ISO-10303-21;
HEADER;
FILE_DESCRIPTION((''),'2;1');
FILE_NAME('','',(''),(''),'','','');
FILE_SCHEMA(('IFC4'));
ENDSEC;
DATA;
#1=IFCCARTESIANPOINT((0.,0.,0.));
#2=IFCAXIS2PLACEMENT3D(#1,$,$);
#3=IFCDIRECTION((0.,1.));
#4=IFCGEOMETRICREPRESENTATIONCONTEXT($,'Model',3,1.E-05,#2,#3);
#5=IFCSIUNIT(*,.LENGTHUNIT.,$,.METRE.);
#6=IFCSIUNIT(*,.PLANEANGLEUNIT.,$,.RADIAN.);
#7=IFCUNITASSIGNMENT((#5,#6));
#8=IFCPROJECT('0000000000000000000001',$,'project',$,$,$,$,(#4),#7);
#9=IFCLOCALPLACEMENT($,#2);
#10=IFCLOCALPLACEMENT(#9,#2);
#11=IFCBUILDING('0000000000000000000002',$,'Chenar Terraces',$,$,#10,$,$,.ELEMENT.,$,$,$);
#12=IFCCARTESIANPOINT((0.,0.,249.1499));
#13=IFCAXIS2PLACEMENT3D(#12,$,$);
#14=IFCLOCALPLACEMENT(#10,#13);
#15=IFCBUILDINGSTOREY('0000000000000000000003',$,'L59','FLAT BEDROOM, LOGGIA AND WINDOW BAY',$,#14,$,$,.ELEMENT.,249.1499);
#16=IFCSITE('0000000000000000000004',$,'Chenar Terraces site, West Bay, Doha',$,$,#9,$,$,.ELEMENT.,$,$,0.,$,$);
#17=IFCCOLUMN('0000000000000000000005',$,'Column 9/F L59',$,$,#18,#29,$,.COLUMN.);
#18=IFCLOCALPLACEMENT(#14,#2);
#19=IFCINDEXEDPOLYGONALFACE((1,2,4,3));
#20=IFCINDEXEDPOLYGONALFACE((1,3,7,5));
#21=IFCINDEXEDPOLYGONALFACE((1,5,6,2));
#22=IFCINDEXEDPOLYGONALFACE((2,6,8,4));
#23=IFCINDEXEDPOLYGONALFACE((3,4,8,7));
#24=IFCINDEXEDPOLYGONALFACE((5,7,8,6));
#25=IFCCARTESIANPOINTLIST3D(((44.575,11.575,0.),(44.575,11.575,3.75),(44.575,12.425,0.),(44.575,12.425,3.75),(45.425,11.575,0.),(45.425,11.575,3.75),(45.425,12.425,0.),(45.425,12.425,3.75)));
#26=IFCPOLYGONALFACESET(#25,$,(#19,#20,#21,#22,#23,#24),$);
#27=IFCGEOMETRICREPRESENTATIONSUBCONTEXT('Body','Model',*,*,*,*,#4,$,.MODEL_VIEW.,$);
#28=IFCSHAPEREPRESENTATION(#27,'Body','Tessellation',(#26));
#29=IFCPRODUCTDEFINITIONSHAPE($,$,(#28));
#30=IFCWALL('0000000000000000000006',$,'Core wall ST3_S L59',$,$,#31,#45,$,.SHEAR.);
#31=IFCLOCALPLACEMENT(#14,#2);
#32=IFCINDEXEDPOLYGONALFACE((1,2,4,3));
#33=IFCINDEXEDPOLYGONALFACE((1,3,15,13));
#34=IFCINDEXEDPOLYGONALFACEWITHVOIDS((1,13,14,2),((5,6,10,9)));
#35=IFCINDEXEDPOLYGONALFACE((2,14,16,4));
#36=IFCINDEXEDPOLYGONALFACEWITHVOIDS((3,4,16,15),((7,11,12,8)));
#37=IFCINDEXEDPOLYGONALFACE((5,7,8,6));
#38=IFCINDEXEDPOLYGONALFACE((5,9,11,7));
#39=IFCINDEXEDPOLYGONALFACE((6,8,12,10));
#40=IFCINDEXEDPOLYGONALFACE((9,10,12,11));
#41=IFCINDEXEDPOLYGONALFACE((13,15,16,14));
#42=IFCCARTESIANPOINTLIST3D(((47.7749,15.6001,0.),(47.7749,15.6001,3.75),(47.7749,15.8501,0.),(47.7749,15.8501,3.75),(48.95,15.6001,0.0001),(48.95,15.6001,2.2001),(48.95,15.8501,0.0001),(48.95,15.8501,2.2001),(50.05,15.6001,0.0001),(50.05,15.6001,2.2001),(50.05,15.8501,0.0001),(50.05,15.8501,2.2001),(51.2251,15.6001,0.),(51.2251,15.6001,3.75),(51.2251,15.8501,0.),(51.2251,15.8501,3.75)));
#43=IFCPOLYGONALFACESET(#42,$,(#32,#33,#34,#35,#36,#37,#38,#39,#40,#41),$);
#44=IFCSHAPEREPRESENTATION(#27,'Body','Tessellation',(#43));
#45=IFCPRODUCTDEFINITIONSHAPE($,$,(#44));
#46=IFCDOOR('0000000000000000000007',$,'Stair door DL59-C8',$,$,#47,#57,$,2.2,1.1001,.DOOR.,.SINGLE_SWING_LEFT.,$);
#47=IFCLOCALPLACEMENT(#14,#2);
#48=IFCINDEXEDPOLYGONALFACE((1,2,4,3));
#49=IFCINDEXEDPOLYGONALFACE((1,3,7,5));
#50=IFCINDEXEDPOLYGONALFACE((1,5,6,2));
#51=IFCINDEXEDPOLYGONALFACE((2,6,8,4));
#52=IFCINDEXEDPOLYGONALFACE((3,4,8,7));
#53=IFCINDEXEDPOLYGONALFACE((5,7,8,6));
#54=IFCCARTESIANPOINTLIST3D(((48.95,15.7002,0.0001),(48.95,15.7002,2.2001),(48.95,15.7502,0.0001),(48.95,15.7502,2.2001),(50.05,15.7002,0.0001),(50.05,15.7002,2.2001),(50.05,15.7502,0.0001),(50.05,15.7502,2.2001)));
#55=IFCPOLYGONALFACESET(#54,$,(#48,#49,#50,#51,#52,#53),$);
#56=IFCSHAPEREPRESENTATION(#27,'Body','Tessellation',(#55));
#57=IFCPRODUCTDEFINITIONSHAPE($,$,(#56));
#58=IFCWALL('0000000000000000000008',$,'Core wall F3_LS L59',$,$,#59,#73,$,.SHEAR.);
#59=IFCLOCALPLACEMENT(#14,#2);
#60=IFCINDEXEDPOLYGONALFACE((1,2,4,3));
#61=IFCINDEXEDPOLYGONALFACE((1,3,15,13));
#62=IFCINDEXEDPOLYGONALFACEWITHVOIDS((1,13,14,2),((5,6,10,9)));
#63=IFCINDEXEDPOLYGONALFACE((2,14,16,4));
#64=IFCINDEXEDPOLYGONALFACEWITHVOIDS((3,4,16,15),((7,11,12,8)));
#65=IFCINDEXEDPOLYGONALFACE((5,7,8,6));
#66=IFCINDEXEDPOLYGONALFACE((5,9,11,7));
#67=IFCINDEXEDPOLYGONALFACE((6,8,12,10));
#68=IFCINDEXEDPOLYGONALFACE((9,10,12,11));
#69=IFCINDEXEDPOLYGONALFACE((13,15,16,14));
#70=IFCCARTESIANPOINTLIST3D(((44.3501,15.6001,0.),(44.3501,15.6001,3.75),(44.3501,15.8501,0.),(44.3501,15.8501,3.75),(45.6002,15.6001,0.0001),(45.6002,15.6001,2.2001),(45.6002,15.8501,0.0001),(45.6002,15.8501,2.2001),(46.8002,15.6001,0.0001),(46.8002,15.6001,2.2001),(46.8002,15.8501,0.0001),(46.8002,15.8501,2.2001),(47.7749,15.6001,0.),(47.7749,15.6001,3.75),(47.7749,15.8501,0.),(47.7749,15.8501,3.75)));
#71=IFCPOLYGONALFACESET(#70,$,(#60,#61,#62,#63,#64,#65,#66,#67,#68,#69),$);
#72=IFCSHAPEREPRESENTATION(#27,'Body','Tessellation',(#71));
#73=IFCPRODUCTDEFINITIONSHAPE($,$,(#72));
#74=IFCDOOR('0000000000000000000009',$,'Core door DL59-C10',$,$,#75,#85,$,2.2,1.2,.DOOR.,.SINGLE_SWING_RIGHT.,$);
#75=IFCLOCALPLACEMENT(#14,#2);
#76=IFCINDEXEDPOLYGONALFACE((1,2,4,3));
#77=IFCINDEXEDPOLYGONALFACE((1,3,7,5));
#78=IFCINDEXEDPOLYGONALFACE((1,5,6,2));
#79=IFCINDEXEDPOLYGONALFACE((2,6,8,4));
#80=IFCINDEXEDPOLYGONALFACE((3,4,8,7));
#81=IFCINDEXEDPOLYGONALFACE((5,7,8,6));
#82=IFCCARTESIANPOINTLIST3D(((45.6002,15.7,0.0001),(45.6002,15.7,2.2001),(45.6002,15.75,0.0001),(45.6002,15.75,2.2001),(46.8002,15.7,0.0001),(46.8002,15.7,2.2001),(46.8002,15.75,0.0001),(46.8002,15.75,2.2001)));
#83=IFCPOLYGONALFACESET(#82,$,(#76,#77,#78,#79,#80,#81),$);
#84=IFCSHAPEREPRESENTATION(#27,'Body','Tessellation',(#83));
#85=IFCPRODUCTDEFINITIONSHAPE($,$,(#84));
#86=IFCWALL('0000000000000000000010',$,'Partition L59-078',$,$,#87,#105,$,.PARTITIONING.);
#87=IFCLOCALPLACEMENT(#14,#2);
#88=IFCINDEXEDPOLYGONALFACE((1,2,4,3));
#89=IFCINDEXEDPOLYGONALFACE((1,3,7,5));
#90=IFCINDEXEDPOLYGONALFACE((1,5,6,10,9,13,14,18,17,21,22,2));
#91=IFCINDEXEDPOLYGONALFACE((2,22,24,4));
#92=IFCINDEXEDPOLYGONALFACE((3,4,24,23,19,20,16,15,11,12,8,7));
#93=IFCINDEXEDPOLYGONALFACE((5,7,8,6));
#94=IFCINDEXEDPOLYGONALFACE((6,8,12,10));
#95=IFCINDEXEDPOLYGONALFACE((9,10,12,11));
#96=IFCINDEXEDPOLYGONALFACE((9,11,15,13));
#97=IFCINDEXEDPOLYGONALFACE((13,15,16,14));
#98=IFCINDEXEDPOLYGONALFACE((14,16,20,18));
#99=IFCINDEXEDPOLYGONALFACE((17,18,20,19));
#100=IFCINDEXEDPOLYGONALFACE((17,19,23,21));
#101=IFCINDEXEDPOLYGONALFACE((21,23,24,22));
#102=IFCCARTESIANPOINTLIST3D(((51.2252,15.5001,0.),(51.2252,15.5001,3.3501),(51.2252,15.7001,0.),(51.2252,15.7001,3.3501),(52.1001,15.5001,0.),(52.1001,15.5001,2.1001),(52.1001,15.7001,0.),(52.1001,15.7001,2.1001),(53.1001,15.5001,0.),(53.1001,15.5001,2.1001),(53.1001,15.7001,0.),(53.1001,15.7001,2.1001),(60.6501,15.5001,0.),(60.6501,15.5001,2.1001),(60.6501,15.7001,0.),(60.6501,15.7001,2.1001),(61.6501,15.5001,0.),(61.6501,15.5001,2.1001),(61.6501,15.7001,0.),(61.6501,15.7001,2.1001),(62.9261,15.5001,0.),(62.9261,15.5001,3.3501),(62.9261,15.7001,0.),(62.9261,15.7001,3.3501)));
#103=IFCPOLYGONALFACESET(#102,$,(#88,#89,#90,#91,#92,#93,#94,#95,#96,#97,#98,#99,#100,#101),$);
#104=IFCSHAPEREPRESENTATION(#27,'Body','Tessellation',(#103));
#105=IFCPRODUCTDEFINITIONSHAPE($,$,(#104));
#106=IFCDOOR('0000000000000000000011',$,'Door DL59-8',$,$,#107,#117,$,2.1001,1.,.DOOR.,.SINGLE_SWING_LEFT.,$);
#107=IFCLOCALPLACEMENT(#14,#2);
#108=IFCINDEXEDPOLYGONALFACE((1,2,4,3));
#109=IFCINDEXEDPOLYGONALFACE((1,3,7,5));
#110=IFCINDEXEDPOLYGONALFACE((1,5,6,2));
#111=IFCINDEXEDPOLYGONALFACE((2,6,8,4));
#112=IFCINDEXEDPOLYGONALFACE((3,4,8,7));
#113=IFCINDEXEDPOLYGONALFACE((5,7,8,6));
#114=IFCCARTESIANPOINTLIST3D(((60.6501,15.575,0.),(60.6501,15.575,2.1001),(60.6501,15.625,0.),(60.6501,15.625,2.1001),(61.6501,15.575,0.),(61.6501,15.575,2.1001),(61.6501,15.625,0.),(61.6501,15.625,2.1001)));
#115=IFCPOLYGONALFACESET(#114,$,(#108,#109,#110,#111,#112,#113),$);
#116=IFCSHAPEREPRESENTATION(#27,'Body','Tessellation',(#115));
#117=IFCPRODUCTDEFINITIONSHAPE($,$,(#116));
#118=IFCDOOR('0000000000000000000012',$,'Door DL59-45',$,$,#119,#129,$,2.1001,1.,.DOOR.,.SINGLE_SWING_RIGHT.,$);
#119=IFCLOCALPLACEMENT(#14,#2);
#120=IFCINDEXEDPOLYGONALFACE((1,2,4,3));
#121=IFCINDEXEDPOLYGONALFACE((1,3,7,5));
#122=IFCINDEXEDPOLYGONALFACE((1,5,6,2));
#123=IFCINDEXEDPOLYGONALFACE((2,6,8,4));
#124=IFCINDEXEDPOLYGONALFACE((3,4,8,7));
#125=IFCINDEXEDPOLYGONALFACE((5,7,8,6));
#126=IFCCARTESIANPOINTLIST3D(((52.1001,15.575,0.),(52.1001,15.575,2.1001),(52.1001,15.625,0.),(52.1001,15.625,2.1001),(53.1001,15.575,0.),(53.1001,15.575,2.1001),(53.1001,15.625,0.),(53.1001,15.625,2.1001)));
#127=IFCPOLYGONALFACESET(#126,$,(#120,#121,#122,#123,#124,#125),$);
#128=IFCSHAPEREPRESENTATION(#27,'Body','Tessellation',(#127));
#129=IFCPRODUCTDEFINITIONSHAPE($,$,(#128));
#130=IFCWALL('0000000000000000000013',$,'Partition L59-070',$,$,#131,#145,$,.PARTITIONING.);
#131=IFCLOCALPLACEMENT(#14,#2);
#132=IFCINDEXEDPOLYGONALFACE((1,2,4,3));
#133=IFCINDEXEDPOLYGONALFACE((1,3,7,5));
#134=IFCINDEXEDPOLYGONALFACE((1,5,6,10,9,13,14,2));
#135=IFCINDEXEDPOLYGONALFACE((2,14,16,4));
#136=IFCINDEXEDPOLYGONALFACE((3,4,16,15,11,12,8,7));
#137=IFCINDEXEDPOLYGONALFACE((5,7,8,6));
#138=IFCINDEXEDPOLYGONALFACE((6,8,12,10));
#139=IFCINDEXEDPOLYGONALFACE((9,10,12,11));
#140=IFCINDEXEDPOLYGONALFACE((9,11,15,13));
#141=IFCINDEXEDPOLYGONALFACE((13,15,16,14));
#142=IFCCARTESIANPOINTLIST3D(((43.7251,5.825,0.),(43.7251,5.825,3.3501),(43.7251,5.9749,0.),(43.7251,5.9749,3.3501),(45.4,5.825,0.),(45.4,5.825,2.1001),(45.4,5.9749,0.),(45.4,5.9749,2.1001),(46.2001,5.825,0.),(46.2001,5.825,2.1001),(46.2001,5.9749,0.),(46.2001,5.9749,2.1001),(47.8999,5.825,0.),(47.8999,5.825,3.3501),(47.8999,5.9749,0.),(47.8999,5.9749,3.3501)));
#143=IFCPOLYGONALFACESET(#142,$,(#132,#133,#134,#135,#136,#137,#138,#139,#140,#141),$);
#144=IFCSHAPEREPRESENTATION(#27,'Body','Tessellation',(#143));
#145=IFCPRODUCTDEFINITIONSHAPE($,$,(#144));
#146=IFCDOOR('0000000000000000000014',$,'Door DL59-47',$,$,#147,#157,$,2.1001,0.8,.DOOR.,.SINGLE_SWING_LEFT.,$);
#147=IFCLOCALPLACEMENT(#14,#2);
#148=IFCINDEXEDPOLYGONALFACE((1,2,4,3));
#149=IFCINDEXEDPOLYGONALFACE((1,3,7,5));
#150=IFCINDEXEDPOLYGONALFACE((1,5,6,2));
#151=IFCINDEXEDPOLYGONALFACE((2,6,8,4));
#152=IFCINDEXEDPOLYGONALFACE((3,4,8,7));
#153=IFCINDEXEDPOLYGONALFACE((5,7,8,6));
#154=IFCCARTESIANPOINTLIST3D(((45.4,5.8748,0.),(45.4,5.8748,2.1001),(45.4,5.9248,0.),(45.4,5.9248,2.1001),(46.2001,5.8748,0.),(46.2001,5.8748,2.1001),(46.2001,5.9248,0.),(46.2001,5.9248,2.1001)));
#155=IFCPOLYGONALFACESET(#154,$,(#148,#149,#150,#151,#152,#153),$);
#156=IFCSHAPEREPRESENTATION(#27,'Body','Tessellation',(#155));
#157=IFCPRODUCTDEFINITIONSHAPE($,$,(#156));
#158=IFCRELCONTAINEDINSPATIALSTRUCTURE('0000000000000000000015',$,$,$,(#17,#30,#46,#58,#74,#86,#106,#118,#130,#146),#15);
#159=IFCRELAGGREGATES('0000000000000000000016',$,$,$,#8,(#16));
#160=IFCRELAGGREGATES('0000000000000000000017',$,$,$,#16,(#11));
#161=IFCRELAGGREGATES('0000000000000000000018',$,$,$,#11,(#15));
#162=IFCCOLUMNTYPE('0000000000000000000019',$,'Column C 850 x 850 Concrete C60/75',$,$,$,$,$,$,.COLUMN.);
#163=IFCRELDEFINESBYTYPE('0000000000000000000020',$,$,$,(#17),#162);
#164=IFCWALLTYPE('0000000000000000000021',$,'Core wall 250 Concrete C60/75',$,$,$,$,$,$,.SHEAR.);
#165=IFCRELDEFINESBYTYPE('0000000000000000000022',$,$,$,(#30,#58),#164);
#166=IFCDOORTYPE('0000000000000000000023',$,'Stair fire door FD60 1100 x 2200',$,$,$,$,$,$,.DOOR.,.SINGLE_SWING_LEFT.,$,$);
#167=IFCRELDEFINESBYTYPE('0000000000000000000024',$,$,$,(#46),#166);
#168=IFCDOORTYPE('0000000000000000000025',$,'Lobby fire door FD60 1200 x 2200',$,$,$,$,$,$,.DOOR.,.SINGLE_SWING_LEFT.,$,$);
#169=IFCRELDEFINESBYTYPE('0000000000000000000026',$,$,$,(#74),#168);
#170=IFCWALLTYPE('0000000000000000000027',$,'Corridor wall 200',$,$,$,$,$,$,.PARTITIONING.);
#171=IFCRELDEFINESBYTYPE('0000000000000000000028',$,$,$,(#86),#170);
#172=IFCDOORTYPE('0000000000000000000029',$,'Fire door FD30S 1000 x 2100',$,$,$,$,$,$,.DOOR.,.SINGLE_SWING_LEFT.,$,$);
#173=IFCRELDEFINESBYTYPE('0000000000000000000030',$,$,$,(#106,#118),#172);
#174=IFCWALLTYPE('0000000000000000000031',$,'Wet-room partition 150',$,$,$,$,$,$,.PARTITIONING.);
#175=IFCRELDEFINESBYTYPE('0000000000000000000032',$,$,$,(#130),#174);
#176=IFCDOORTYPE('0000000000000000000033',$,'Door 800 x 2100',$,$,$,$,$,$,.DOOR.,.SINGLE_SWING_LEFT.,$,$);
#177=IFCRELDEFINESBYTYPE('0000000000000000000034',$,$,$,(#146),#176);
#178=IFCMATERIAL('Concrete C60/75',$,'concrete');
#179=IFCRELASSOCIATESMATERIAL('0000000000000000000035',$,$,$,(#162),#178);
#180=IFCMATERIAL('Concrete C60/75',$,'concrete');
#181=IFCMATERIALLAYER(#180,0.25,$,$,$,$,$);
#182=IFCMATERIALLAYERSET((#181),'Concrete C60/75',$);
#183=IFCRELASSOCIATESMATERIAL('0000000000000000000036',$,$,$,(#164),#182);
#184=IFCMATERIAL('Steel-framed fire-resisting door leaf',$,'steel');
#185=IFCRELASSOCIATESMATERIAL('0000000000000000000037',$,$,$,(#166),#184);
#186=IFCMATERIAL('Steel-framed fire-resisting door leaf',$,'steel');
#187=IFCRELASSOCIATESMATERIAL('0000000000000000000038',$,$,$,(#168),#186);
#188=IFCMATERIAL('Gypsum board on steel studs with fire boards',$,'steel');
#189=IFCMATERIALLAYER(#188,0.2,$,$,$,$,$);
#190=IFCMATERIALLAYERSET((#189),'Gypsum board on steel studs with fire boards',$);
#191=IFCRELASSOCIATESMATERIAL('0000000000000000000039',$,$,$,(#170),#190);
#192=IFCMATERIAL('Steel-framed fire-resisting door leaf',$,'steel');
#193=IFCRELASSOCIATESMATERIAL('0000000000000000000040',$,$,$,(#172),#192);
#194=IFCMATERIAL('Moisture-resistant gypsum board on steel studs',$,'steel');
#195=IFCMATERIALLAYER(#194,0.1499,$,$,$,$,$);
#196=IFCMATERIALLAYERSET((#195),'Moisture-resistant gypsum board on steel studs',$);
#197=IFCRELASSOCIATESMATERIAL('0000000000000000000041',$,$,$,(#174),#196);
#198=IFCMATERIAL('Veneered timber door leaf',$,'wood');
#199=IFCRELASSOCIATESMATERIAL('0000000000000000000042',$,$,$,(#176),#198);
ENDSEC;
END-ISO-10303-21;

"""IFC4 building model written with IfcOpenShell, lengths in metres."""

from ifc_helpers import new_model, si_unit, direction, frame, frame_2d, origin, origin_2d, place, context, subcontext, project, spatial, rectangle, extrude, material, layer, layer_set, material_profile, profile_set, type_object, element, fill, save


model = new_model("IFC4")

# Units and contexts
model_context = context("Model", 3, precision=1e-05, world=origin(), true_north=direction((0.0, 1.0)))
body_context = subcontext(model_context, "Body", "Model", "MODEL_VIEW")
ifc_project = project(units=[si_unit("LENGTHUNIT", "METRE"), si_unit("PLANEANGLEUNIT", "RADIAN")], contexts=[model_context])

# Site, building, storey
site_placement = place(None, origin())
site = spatial("IfcSite", under=ifc_project, at=site_placement, Name="Chenar Terraces site, West Bay, Doha", CompositionType="ELEMENT", RefElevation=0.0)
building_placement = place(site_placement, origin())
building = spatial("IfcBuilding", under=site, at=building_placement, Name="Chenar Terraces", CompositionType="ELEMENT")
storey_placement = place(building_placement, frame((0.0, 0.0, 249.1499)))
storey = spatial("IfcBuildingStorey", under=building, at=storey_placement, Name="L59", Description="FLAT BEDROOM, LOGGIA AND WINDOW BAY", CompositionType="ELEMENT", Elevation=249.1499)

# Column
ifc_material_1 = material(Name="Concrete C60/75", Category="concrete")
ifc_material_profile = material_profile(ifc_material_1, rectangle(XDim=0.8501, YDim=0.8501, at=origin_2d()), Name="C 850 x 850")
ifc_profile_set = profile_set([ifc_material_profile], Name="Concrete C60/75")
column_type = type_object("IfcColumnType", Name="Column C 850 x 850 Concrete C60/75", PredefinedType="COLUMN", material=ifc_profile_set)
column_placement = place(storey_placement, frame((45.0, 12.0, 0.0), z_axis=(0.0, 0.0, 1.0), x_axis=(1.0, 0.0, 0.0)))
element("IfcColumn", 1, at=column_placement, inside=storey, type_object=column_type, Name="Column 9/F L59", PredefinedType="COLUMN", context=body_context, shape_type="SweptSolid", body=[
    extrude(rectangle(XDim=0.8501, YDim=0.8501, at=origin_2d()), origin(), (0.0, 0.0, 1.0), 3.75),
])

# Walls, openings, doors
ifc_material_2 = material(Name="Concrete C60/75", Category="concrete")
ifc_layer_1 = layer(ifc_material_2, 0.25)
ifc_layer_set_1 = layer_set([ifc_layer_1], Name="Concrete C60/75")
wall_type_1 = type_object("IfcWallType", Name="Core wall 250 Concrete C60/75", PredefinedType="SHEAR", material=ifc_layer_set_1)
wall_1_placement = place(storey_placement, frame((47.7749, 15.7251, 0.0), z_axis=(0.0, 0.0, 1.0), x_axis=(1.0, 0.0, 0.0)))
wall_1 = element("IfcWall", 2, at=wall_1_placement, inside=storey, type_object=wall_type_1, Name="Core wall ST3_S L59", PredefinedType="SHEAR", context=body_context, shape_type="SweptSolid", body=[
    extrude(rectangle(XDim=3.4502, YDim=0.25, at=frame_2d((1.7251, 0.0))), origin(), (0.0, 0.0, 1.0), 3.75),
])
opening_1_placement = place(wall_1_placement, frame((1.175, 0.0, 0.0)))
opening_1 = element("IfcOpeningElement", 3, at=opening_1_placement, cuts=wall_1, PredefinedType="OPENING", context=body_context, shape_type="SweptSolid", body=[
    extrude(rectangle(XDim=1.1001, YDim=2.2, at=frame_2d((0.55, 1.1001))), frame((0.0, 0.135, 0.0), z_axis=(0.0, -1.0, 0.0), x_axis=(1.0, 0.0, 0.0)), (0.0, 0.0, 1.0), 0.27),
])
ifc_material_3 = material(Name="Steel-framed fire-resisting door leaf", Category="steel")
door_type_1 = type_object("IfcDoorType", Name="Stair fire door FD60 1100 x 2200", OperationType="SINGLE_SWING_LEFT", PredefinedType="DOOR", material=ifc_material_3)
door_1_placement = place(opening_1_placement, frame((1.1001, 0.0, 0.0), z_axis=(0.0, 0.0, 1.0), x_axis=(-1.0, 0.0, 0.0)))
door_1 = element("IfcDoor", 4, at=door_1_placement, inside=storey, type_object=door_type_1, Name="Stair door DL59-C8", OperationType="SINGLE_SWING_LEFT", OverallHeight=2.2, OverallWidth=1.1001, PredefinedType="DOOR", context=body_context, shape_type="SweptSolid", body=[
    extrude(rectangle(XDim=1.1001, YDim=2.2, at=frame_2d((0.55, 1.1001))), frame((0.0, 0.0249, 0.0), z_axis=(0.0, -1.0, 0.0), x_axis=(1.0, 0.0, 0.0)), (0.0, 0.0, 1.0), 0.05),
])
fill(opening_1, door_1)
wall_2_placement = place(storey_placement, frame((44.3501, 15.7251, 0.0), z_axis=(0.0, 0.0, 1.0), x_axis=(1.0, 0.0, 0.0)))
wall_2 = element("IfcWall", 5, at=wall_2_placement, inside=storey, type_object=wall_type_1, Name="Core wall F3_LS L59", PredefinedType="SHEAR", context=body_context, shape_type="SweptSolid", body=[
    extrude(rectangle(XDim=3.4248, YDim=0.25, at=frame_2d((1.7124, 0.0))), origin(), (0.0, 0.0, 1.0), 3.75),
])
opening_2_placement = place(wall_2_placement, frame((1.25, 0.0, 0.0)))
opening_2 = element("IfcOpeningElement", 6, at=opening_2_placement, cuts=wall_2, PredefinedType="OPENING", context=body_context, shape_type="SweptSolid", body=[
    extrude(rectangle(XDim=1.2, YDim=2.2, at=frame_2d((0.6001, 1.1001))), frame((0.0, 0.135, 0.0), z_axis=(0.0, -1.0, 0.0), x_axis=(1.0, 0.0, 0.0)), (0.0, 0.0, 1.0), 0.27),
])
ifc_material_4 = material(Name="Steel-framed fire-resisting door leaf", Category="steel")
door_type_2 = type_object("IfcDoorType", Name="Lobby fire door FD60 1200 x 2200", OperationType="SINGLE_SWING_LEFT", PredefinedType="DOOR", material=ifc_material_4)
door_2_placement = place(opening_2_placement, origin())
door_2 = element("IfcDoor", 7, at=door_2_placement, inside=storey, type_object=door_type_2, Name="Core door DL59-C10", OperationType="SINGLE_SWING_RIGHT", OverallHeight=2.2, OverallWidth=1.2, PredefinedType="DOOR", context=body_context, shape_type="SweptSolid", body=[
    extrude(rectangle(XDim=1.2, YDim=2.2, at=frame_2d((0.6001, 1.1001))), frame((0.0, 0.0249, 0.0), z_axis=(0.0, -1.0, 0.0), x_axis=(1.0, 0.0, 0.0)), (0.0, 0.0, 1.0), 0.05),
])
fill(opening_2, door_2)

# Wall, openings, doors
ifc_material_5 = material(Name="Gypsum board on steel studs with fire boards", Category="steel")
ifc_layer_2 = layer(ifc_material_5, 0.2)
ifc_layer_set_2 = layer_set([ifc_layer_2], Name="Gypsum board on steel studs with fire boards")
wall_type_2 = type_object("IfcWallType", Name="Corridor wall 200", PredefinedType="PARTITIONING", material=ifc_layer_set_2)
wall_3_placement = place(storey_placement, frame((51.2251, 15.6001, 0.0), z_axis=(0.0, 0.0, 1.0), x_axis=(1.0, 0.0, 0.0)))
wall_3 = element("IfcWall", 8, at=wall_3_placement, inside=storey, type_object=wall_type_2, Name="Partition L59-078", PredefinedType="PARTITIONING", context=body_context, shape_type="SweptSolid", body=[
    extrude(rectangle(XDim=11.7009, YDim=0.2, at=frame_2d((5.8506, 0.0))), origin(), (0.0, 0.0, 1.0), 3.3501),
])
opening_3_placement = place(wall_3_placement, frame((9.425, 0.0, 0.0)))
opening_3 = element("IfcOpeningElement", 9, at=opening_3_placement, cuts=wall_3, PredefinedType="OPENING", context=body_context, shape_type="SweptSolid", body=[
    extrude(rectangle(XDim=1.0, YDim=2.1001, at=frame_2d((0.5, 1.05))), frame((0.0, 0.1099, 0.0), z_axis=(0.0, -1.0, 0.0), x_axis=(1.0, 0.0, 0.0)), (0.0, 0.0, 1.0), 0.22),
])
opening_4_placement = place(wall_3_placement, frame((0.875, 0.0, 0.0)))
opening_4 = element("IfcOpeningElement", 10, at=opening_4_placement, cuts=wall_3, PredefinedType="OPENING", context=body_context, shape_type="SweptSolid", body=[
    extrude(rectangle(XDim=1.0, YDim=2.1001, at=frame_2d((0.5, 1.05))), frame((0.0, 0.1099, 0.0), z_axis=(0.0, -1.0, 0.0), x_axis=(1.0, 0.0, 0.0)), (0.0, 0.0, 1.0), 0.22),
])
ifc_material_6 = material(Name="Steel-framed fire-resisting door leaf", Category="steel")
door_type_3 = type_object("IfcDoorType", Name="Fire door FD30S 1000 x 2100", OperationType="SINGLE_SWING_LEFT", PredefinedType="DOOR", material=ifc_material_6)
door_3_placement = place(opening_3_placement, origin())
door_3 = element("IfcDoor", 11, at=door_3_placement, inside=storey, type_object=door_type_3, Name="Door DL59-8", OperationType="SINGLE_SWING_LEFT", OverallHeight=2.1001, OverallWidth=1.0, PredefinedType="DOOR", context=body_context, shape_type="SweptSolid", body=[
    extrude(rectangle(XDim=1.0, YDim=2.1001, at=frame_2d((0.5, 1.05))), frame((0.0, 0.0249, 0.0), z_axis=(0.0, -1.0, 0.0), x_axis=(1.0, 0.0, 0.0)), (0.0, 0.0, 1.0), 0.05),
])
fill(opening_3, door_3)
door_4_placement = place(opening_4_placement, origin())
door_4 = element("IfcDoor", 12, at=door_4_placement, inside=storey, type_object=door_type_3, Name="Door DL59-45", OperationType="SINGLE_SWING_RIGHT", OverallHeight=2.1001, OverallWidth=1.0, PredefinedType="DOOR", context=body_context, shape_type="SweptSolid", body=[
    extrude(rectangle(XDim=1.0, YDim=2.1001, at=frame_2d((0.5, 1.05))), frame((0.0, 0.0249, 0.0), z_axis=(0.0, -1.0, 0.0), x_axis=(1.0, 0.0, 0.0)), (0.0, 0.0, 1.0), 0.05),
])
fill(opening_4, door_4)

# Wall, opening, door
ifc_material_7 = material(Name="Moisture-resistant gypsum board on steel studs", Category="steel")
ifc_layer_3 = layer(ifc_material_7, 0.1499)
ifc_layer_set_3 = layer_set([ifc_layer_3], Name="Moisture-resistant gypsum board on steel studs")
wall_type_3 = type_object("IfcWallType", Name="Wet-room partition 150", PredefinedType="PARTITIONING", material=ifc_layer_set_3)
wall_4_placement = place(storey_placement, frame((43.7251, 5.8999, 0.0), z_axis=(0.0, 0.0, 1.0), x_axis=(1.0, 0.0, 0.0)))
wall_4 = element("IfcWall", 13, at=wall_4_placement, inside=storey, type_object=wall_type_3, Name="Partition L59-070", PredefinedType="PARTITIONING", context=body_context, shape_type="SweptSolid", body=[
    extrude(rectangle(XDim=4.1748, YDim=0.1499, at=frame_2d((2.0874, 0.0))), origin(), (0.0, 0.0, 1.0), 3.3501),
])
opening_5_placement = place(wall_4_placement, frame((1.675, 0.0, 0.0)))
opening_5 = element("IfcOpeningElement", 14, at=opening_5_placement, cuts=wall_4, PredefinedType="OPENING", context=body_context, shape_type="SweptSolid", body=[
    extrude(rectangle(XDim=0.8, YDim=2.1001, at=frame_2d((0.3999, 1.05))), frame((0.0, 0.085, 0.0), z_axis=(0.0, -1.0, 0.0), x_axis=(1.0, 0.0, 0.0)), (0.0, 0.0, 1.0), 0.1699),
])
ifc_material_8 = material(Name="Veneered timber door leaf", Category="wood")
door_type_4 = type_object("IfcDoorType", Name="Door 800 x 2100", OperationType="SINGLE_SWING_LEFT", PredefinedType="DOOR", material=ifc_material_8)
door_5_placement = place(opening_5_placement, origin())
door_5 = element("IfcDoor", 15, at=door_5_placement, inside=storey, type_object=door_type_4, Name="Door DL59-47", OperationType="SINGLE_SWING_LEFT", OverallHeight=2.1001, OverallWidth=0.8, PredefinedType="DOOR", context=body_context, shape_type="SweptSolid", body=[
    extrude(rectangle(XDim=0.8, YDim=2.1001, at=frame_2d((0.3999, 1.05))), frame((0.0, 0.0249, 0.0), z_axis=(0.0, -1.0, 0.0), x_axis=(1.0, 0.0, 0.0)), (0.0, 0.0, 1.0), 0.05),
])
fill(opening_5, door_5)

save(model, "model.ifc")
